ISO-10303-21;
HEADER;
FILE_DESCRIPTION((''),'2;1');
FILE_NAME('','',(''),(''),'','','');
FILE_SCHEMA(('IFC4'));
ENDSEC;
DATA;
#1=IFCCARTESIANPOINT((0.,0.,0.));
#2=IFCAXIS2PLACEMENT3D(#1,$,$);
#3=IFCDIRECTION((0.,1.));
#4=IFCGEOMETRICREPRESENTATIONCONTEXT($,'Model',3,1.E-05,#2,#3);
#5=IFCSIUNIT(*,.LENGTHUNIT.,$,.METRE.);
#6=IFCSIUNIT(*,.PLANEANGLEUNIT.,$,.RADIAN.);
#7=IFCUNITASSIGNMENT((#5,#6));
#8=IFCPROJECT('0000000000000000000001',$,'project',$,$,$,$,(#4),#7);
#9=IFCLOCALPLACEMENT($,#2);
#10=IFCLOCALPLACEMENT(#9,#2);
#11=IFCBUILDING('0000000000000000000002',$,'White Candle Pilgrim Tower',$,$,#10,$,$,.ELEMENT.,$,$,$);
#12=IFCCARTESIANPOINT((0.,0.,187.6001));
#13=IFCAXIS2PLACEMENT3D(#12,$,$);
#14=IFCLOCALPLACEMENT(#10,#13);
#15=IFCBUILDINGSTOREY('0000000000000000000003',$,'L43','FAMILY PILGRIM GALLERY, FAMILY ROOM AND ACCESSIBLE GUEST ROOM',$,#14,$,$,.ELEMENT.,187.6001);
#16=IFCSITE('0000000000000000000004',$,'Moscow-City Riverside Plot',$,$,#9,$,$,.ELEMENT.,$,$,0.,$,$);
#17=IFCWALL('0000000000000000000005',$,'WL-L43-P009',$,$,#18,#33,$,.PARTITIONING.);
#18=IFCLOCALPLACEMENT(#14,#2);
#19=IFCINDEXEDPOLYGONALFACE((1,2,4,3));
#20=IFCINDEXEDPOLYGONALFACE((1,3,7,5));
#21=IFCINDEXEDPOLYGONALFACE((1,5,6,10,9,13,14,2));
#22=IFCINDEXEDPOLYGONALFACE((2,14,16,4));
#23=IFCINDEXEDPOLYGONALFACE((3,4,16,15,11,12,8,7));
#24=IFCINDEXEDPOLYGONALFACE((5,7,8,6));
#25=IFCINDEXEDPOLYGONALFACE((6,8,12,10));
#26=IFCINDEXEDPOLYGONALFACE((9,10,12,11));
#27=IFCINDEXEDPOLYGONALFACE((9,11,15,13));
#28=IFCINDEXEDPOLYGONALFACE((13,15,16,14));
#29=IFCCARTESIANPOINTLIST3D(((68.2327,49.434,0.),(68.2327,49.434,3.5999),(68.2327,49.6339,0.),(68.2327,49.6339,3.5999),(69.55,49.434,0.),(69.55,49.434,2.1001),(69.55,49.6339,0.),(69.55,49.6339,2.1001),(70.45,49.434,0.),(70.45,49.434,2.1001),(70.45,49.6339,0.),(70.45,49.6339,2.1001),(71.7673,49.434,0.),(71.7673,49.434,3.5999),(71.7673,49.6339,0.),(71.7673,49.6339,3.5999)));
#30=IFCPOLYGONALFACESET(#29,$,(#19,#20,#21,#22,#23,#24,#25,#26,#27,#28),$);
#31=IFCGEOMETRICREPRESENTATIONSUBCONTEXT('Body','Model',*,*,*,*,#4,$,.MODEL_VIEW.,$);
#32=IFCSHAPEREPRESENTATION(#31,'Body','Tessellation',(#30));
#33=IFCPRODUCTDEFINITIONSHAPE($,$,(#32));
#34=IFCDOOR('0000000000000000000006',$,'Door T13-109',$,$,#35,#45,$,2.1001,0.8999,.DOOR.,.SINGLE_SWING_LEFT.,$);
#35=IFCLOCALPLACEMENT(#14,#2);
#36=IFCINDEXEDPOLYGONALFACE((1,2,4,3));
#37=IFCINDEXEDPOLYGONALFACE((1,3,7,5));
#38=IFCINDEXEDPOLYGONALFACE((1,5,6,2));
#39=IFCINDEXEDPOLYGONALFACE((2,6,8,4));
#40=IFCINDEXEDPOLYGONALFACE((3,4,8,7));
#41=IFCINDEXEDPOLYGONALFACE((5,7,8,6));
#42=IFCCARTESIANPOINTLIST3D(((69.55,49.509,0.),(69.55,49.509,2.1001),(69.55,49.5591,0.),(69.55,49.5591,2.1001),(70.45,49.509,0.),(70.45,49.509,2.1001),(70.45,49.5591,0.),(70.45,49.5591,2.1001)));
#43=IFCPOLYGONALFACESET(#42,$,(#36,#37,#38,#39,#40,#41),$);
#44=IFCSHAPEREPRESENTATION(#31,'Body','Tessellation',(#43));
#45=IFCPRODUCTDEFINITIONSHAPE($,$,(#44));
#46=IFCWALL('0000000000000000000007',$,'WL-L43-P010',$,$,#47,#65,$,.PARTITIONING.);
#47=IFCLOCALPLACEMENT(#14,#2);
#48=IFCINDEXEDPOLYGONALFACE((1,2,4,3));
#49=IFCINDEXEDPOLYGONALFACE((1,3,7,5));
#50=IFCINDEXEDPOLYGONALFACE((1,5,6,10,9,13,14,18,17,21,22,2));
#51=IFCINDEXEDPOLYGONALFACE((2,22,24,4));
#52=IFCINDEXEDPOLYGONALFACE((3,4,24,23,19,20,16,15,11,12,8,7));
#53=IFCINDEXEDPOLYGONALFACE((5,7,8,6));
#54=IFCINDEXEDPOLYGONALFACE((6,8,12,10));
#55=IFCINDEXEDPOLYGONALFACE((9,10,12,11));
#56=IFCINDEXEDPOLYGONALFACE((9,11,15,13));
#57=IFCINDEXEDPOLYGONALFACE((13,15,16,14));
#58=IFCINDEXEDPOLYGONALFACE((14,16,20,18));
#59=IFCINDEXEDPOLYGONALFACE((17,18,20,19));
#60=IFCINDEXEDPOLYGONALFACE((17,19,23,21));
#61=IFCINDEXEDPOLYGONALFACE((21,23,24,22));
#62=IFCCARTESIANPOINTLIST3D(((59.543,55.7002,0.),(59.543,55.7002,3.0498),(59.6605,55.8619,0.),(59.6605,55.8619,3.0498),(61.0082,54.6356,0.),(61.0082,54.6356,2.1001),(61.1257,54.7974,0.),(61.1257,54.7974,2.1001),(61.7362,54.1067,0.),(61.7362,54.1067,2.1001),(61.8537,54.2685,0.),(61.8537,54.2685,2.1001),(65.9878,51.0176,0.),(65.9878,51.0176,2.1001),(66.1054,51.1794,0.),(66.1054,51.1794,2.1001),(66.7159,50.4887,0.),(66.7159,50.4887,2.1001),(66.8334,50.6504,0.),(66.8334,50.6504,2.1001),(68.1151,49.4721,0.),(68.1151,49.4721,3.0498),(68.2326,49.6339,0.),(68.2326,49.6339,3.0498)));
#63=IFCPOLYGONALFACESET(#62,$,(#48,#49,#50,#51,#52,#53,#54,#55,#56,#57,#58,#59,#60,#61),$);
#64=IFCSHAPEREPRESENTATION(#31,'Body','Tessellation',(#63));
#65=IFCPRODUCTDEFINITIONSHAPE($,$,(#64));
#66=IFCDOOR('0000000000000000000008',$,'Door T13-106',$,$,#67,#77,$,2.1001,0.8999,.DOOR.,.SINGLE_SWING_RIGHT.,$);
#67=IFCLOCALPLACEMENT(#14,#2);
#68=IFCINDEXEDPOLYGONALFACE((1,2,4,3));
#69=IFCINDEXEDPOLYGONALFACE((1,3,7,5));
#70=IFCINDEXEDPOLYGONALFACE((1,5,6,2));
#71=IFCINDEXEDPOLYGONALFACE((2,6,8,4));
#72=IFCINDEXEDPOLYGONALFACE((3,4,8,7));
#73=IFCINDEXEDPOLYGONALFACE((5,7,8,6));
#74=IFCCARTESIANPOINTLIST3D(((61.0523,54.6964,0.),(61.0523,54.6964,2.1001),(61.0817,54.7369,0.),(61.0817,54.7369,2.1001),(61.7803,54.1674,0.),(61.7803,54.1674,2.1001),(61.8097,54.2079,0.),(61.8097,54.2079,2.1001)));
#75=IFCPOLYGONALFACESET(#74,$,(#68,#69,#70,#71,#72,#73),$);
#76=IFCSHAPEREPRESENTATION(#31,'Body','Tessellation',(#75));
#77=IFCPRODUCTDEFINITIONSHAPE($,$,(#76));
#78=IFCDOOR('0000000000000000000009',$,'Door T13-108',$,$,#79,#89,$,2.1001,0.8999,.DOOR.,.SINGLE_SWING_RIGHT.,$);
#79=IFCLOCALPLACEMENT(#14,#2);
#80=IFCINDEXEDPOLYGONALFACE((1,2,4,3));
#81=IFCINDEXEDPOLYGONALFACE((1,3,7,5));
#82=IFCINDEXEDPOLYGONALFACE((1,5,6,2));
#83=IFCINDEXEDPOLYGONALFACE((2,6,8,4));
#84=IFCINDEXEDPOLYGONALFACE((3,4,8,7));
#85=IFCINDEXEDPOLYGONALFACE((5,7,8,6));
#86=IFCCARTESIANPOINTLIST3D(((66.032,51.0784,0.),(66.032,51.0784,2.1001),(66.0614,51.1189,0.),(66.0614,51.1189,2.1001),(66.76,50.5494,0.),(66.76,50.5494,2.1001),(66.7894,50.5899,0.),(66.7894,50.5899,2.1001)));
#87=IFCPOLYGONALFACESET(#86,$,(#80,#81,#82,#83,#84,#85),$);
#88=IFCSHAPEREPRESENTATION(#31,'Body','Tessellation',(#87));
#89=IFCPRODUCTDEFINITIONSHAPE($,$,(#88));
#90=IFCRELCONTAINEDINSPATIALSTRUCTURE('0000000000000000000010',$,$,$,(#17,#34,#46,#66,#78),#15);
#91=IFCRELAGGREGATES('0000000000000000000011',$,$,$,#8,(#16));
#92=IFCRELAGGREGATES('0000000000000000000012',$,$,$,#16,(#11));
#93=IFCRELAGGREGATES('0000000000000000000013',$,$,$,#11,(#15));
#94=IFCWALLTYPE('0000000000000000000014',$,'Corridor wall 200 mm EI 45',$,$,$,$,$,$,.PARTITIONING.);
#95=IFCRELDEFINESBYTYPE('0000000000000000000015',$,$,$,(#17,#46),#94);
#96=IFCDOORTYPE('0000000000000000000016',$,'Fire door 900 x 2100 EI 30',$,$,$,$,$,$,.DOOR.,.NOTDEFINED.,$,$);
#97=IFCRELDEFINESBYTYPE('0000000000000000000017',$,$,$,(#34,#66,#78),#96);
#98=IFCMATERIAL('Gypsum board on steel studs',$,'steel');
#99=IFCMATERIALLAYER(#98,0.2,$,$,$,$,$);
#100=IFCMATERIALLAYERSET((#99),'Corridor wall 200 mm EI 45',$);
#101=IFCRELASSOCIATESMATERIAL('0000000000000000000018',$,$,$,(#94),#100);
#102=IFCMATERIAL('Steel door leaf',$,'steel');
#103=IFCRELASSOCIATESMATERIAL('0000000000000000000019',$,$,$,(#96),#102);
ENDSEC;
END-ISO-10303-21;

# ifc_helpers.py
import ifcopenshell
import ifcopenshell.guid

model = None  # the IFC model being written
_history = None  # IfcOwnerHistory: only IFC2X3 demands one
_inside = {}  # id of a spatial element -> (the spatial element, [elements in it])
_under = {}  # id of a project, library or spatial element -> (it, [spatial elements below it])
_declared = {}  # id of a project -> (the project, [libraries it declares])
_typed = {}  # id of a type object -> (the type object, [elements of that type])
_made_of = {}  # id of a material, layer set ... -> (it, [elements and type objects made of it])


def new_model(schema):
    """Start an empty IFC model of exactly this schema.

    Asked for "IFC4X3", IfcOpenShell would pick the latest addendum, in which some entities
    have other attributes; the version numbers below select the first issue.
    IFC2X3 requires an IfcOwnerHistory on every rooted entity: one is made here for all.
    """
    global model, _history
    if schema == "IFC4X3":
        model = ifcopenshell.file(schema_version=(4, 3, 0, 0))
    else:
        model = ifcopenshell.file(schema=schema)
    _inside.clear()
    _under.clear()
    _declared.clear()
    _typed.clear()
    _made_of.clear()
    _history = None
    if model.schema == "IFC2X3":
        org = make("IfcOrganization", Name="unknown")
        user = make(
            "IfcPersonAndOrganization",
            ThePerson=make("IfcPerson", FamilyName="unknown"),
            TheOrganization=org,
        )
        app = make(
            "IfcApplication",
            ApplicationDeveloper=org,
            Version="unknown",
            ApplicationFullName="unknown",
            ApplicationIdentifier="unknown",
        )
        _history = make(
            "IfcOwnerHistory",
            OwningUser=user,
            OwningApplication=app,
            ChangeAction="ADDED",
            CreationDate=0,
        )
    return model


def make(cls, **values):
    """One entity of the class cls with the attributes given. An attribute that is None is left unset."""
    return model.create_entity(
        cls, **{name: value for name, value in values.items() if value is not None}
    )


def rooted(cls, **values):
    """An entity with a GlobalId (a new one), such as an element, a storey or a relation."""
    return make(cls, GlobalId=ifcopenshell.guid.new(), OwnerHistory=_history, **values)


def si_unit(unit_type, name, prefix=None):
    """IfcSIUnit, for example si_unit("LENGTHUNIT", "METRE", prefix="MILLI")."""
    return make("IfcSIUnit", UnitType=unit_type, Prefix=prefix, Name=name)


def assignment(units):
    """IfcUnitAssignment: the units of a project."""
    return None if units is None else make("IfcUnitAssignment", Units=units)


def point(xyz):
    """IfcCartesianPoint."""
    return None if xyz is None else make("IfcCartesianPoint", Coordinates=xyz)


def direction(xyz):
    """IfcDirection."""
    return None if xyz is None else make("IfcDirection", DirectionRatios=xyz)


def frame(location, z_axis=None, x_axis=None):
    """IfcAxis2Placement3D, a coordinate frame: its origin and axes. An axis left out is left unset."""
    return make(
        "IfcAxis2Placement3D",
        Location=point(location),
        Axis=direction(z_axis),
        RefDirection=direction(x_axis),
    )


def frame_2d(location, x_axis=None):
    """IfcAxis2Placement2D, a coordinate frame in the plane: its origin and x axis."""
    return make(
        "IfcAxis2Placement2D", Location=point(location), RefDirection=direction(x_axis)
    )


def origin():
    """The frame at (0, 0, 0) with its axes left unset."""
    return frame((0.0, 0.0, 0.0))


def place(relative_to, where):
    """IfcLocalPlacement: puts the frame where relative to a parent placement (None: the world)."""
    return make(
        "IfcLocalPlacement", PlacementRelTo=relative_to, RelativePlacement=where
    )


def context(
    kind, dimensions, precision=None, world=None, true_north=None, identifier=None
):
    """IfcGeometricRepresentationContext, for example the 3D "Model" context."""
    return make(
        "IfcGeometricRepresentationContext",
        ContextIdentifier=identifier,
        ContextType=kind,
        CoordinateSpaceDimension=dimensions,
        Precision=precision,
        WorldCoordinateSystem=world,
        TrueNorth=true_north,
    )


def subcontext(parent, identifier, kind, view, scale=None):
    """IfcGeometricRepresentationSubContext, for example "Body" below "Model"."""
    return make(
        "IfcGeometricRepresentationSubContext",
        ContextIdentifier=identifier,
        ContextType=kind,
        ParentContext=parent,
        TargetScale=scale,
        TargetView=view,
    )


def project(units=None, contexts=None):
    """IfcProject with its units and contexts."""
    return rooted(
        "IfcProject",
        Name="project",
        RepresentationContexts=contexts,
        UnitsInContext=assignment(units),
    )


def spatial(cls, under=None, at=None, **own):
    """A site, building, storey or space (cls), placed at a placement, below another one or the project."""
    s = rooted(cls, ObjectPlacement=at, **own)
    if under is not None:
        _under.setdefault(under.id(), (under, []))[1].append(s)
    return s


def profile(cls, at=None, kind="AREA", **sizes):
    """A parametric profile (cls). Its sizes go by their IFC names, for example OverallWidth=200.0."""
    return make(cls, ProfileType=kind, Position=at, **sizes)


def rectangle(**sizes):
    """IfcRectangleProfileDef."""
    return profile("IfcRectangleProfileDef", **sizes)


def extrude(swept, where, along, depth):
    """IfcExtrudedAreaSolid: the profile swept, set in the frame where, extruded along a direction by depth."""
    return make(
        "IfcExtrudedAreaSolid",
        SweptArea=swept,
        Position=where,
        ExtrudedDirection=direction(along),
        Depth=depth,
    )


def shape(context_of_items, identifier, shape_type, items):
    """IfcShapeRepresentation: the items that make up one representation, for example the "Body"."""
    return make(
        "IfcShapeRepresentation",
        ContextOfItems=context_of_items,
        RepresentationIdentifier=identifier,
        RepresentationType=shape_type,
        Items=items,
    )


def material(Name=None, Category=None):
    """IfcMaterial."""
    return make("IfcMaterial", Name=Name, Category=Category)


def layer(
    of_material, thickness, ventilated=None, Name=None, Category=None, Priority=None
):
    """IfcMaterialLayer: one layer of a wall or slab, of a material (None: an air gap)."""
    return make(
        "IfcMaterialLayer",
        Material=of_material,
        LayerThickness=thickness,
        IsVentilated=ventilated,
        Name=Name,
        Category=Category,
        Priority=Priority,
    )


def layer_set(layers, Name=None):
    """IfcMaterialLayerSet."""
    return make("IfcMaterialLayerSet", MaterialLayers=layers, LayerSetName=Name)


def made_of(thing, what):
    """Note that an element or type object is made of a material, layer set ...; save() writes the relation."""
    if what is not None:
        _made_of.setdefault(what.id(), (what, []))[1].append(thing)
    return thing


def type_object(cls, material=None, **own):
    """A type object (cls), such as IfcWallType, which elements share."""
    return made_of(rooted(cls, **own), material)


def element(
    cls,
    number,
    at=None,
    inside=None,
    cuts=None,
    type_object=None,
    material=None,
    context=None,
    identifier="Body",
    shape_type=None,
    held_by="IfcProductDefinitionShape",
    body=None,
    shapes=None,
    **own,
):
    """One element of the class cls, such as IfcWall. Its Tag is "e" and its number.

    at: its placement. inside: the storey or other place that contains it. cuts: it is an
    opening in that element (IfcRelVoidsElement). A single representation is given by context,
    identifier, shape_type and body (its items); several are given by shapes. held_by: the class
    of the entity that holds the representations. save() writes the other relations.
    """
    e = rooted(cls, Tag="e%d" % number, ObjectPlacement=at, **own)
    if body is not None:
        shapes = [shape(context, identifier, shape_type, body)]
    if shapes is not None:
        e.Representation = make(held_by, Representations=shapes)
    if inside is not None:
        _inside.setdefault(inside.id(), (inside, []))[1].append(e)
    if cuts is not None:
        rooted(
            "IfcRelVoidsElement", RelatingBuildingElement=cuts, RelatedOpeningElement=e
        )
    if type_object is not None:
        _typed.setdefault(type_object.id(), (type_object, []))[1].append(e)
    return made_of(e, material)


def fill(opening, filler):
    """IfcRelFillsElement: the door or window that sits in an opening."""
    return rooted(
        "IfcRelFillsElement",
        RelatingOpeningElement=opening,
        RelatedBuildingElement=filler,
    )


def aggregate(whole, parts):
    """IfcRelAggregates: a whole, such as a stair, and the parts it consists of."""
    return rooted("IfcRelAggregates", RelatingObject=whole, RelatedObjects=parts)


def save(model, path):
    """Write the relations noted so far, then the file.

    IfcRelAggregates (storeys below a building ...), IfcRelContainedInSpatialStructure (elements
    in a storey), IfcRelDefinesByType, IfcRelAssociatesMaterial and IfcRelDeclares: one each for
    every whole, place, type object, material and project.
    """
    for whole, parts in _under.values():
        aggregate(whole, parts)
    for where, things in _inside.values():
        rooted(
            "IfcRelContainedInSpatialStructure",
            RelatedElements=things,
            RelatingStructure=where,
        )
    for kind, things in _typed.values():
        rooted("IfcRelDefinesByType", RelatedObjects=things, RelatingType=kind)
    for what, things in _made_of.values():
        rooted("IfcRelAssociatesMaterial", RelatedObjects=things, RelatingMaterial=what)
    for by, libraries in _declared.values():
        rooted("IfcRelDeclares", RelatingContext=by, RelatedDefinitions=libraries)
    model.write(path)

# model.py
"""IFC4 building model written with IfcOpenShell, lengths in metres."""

from ifc_helpers import new_model, si_unit, direction, frame, frame_2d, origin, place, context, subcontext, project, spatial, rectangle, extrude, material, layer, layer_set, type_object, element, fill, save


model = new_model("IFC4")

# Units and contexts
model_context = context("Model", 3, precision=1e-05, world=origin(), true_north=direction((0.0, 1.0)))
body_context = subcontext(model_context, "Body", "Model", "MODEL_VIEW")
ifc_project = project(units=[si_unit("LENGTHUNIT", "METRE"), si_unit("PLANEANGLEUNIT", "RADIAN")], contexts=[model_context])

# Site, building, storey
site_placement = place(None, origin())
site = spatial("IfcSite", under=ifc_project, at=site_placement, Name="Moscow-City Riverside Plot", CompositionType="ELEMENT", RefElevation=0.0)
building_placement = place(site_placement, origin())
building = spatial("IfcBuilding", under=site, at=building_placement, Name="White Candle Pilgrim Tower", CompositionType="ELEMENT")
storey_placement = place(building_placement, frame((0.0, 0.0, 187.6001)))
storey = spatial("IfcBuildingStorey", under=building, at=storey_placement, Name="L43", Description="FAMILY PILGRIM GALLERY, FAMILY ROOM AND ACCESSIBLE GUEST ROOM", CompositionType="ELEMENT", Elevation=187.6001)

# Wall, opening, door
ifc_material_1 = material(Name="Gypsum board on steel studs", Category="steel")
ifc_layer_1 = layer(ifc_material_1, 0.2)
ifc_layer_set_1 = layer_set([ifc_layer_1], Name="Corridor wall 200 mm EI 45")
wall_type_1 = type_object("IfcWallType", Name="Corridor wall 200 mm EI 45", PredefinedType="PARTITIONING", material=ifc_layer_set_1)
wall_1_placement = place(storey_placement, frame((71.7673, 49.5339, 0.0), z_axis=(0.0, 0.0, 1.0), x_axis=(-1.0, 0.0, 0.0)))
wall_1 = element("IfcWall", 1, at=wall_1_placement, inside=storey, type_object=wall_type_1, Name="WL-L43-P009", PredefinedType="PARTITIONING", context=body_context, shape_type="SweptSolid", body=[
    extrude(rectangle(XDim=3.5347, YDim=0.2, at=frame_2d((1.7673, 0.0))), origin(), (0.0, 0.0, 1.0), 3.5999),
])
opening_1_placement = place(wall_1_placement, frame((1.3174, 0.0, 0.0)))
opening_1 = element("IfcOpeningElement", 2, at=opening_1_placement, cuts=wall_1, PredefinedType="OPENING", context=body_context, shape_type="SweptSolid", body=[
    extrude(rectangle(XDim=0.8999, YDim=2.1001, at=frame_2d((0.45, 1.05))), frame((0.0, 0.1099, 0.0), z_axis=(0.0, -1.0, 0.0), x_axis=(1.0, 0.0, 0.0)), (0.0, 0.0, 1.0), 0.22),
])
ifc_material_2 = material(Name="Steel door leaf", Category="steel")
door_type_1 = type_object("IfcDoorType", Name="Fire door 900 x 2100 EI 30", OperationType="NOTDEFINED", PredefinedType="DOOR", material=ifc_material_2)
door_1_placement = place(opening_1_placement, origin())
door_1 = element("IfcDoor", 3, at=door_1_placement, inside=storey, type_object=door_type_1, Name="Door T13-109", OperationType="SINGLE_SWING_LEFT", OverallHeight=2.1001, OverallWidth=0.8999, PredefinedType="DOOR", context=body_context, shape_type="SweptSolid", body=[
    extrude(rectangle(XDim=0.8999, YDim=2.1001, at=frame_2d((0.45, 1.05))), frame((0.0, 0.0249, 0.0), z_axis=(0.0, -1.0, 0.0), x_axis=(1.0, 0.0, 0.0)), (0.0, 0.0, 1.0), 0.05),
])
fill(opening_1, door_1)

# Wall, openings, doors
wall_2_placement = place(storey_placement, frame((68.1738, 49.553, 0.0), z_axis=(0.0, 0.0, 1.0), x_axis=(-0.809013, 0.587791, 0.0)))
wall_2 = element("IfcWall", 4, at=wall_2_placement, inside=storey, type_object=wall_type_1, Name="WL-L43-P010", PredefinedType="PARTITIONING", context=body_context, shape_type="SweptSolid", body=[
    extrude(rectangle(XDim=10.5957, YDim=0.2, at=frame_2d((5.2979, 0.0))), origin(), (0.0, 0.0, 1.0), 3.0498),
])
opening_2_placement = place(wall_2_placement, frame((7.8848, 0.0, 0.0)))
opening_2 = element("IfcOpeningElement", 5, at=opening_2_placement, cuts=wall_2, PredefinedType="OPENING", context=body_context, shape_type="SweptSolid", body=[
    extrude(rectangle(XDim=0.8999, YDim=2.1001, at=frame_2d((0.45, 1.05))), frame((0.0, 0.1099, 0.0), z_axis=(0.0, -1.0, 0.0), x_axis=(1.0, 0.0, 0.0)), (0.0, 0.0, 1.0), 0.22),
])
opening_3_placement = place(wall_2_placement, frame((1.7295, 0.0, 0.0)))
opening_3 = element("IfcOpeningElement", 6, at=opening_3_placement, cuts=wall_2, PredefinedType="OPENING", context=body_context, shape_type="SweptSolid", body=[
    extrude(rectangle(XDim=0.8999, YDim=2.1001, at=frame_2d((0.45, 1.05))), frame((0.0, 0.1099, 0.0), z_axis=(0.0, -1.0, 0.0), x_axis=(1.0, 0.0, 0.0)), (0.0, 0.0, 1.0), 0.22),
])
door_2_placement = place(opening_2_placement, origin())
door_2 = element("IfcDoor", 7, at=door_2_placement, inside=storey, type_object=door_type_1, Name="Door T13-106", OperationType="SINGLE_SWING_RIGHT", OverallHeight=2.1001, OverallWidth=0.8999, PredefinedType="DOOR", context=body_context, shape_type="SweptSolid", body=[
    extrude(rectangle(XDim=0.8999, YDim=2.1001, at=frame_2d((0.45, 1.05))), frame((0.0, 0.0249, 0.0), z_axis=(0.0, -1.0, 0.0), x_axis=(1.0, 0.0, 0.0)), (0.0, 0.0, 1.0), 0.05),
])
fill(opening_2, door_2)
door_3_placement = place(opening_3_placement, origin())
door_3 = element("IfcDoor", 8, at=door_3_placement, inside=storey, type_object=door_type_1, Name="Door T13-108", OperationType="SINGLE_SWING_RIGHT", OverallHeight=2.1001, OverallWidth=0.8999, PredefinedType="DOOR", context=body_context, shape_type="SweptSolid", body=[
    extrude(rectangle(XDim=0.8999, YDim=2.1001, at=frame_2d((0.45, 1.05))), frame((0.0, 0.0249, 0.0), z_axis=(0.0, -1.0, 0.0), x_axis=(1.0, 0.0, 0.0)), (0.0, 0.0, 1.0), 0.05),
])
fill(opening_3, door_3)

save(model, "model.ifc")
